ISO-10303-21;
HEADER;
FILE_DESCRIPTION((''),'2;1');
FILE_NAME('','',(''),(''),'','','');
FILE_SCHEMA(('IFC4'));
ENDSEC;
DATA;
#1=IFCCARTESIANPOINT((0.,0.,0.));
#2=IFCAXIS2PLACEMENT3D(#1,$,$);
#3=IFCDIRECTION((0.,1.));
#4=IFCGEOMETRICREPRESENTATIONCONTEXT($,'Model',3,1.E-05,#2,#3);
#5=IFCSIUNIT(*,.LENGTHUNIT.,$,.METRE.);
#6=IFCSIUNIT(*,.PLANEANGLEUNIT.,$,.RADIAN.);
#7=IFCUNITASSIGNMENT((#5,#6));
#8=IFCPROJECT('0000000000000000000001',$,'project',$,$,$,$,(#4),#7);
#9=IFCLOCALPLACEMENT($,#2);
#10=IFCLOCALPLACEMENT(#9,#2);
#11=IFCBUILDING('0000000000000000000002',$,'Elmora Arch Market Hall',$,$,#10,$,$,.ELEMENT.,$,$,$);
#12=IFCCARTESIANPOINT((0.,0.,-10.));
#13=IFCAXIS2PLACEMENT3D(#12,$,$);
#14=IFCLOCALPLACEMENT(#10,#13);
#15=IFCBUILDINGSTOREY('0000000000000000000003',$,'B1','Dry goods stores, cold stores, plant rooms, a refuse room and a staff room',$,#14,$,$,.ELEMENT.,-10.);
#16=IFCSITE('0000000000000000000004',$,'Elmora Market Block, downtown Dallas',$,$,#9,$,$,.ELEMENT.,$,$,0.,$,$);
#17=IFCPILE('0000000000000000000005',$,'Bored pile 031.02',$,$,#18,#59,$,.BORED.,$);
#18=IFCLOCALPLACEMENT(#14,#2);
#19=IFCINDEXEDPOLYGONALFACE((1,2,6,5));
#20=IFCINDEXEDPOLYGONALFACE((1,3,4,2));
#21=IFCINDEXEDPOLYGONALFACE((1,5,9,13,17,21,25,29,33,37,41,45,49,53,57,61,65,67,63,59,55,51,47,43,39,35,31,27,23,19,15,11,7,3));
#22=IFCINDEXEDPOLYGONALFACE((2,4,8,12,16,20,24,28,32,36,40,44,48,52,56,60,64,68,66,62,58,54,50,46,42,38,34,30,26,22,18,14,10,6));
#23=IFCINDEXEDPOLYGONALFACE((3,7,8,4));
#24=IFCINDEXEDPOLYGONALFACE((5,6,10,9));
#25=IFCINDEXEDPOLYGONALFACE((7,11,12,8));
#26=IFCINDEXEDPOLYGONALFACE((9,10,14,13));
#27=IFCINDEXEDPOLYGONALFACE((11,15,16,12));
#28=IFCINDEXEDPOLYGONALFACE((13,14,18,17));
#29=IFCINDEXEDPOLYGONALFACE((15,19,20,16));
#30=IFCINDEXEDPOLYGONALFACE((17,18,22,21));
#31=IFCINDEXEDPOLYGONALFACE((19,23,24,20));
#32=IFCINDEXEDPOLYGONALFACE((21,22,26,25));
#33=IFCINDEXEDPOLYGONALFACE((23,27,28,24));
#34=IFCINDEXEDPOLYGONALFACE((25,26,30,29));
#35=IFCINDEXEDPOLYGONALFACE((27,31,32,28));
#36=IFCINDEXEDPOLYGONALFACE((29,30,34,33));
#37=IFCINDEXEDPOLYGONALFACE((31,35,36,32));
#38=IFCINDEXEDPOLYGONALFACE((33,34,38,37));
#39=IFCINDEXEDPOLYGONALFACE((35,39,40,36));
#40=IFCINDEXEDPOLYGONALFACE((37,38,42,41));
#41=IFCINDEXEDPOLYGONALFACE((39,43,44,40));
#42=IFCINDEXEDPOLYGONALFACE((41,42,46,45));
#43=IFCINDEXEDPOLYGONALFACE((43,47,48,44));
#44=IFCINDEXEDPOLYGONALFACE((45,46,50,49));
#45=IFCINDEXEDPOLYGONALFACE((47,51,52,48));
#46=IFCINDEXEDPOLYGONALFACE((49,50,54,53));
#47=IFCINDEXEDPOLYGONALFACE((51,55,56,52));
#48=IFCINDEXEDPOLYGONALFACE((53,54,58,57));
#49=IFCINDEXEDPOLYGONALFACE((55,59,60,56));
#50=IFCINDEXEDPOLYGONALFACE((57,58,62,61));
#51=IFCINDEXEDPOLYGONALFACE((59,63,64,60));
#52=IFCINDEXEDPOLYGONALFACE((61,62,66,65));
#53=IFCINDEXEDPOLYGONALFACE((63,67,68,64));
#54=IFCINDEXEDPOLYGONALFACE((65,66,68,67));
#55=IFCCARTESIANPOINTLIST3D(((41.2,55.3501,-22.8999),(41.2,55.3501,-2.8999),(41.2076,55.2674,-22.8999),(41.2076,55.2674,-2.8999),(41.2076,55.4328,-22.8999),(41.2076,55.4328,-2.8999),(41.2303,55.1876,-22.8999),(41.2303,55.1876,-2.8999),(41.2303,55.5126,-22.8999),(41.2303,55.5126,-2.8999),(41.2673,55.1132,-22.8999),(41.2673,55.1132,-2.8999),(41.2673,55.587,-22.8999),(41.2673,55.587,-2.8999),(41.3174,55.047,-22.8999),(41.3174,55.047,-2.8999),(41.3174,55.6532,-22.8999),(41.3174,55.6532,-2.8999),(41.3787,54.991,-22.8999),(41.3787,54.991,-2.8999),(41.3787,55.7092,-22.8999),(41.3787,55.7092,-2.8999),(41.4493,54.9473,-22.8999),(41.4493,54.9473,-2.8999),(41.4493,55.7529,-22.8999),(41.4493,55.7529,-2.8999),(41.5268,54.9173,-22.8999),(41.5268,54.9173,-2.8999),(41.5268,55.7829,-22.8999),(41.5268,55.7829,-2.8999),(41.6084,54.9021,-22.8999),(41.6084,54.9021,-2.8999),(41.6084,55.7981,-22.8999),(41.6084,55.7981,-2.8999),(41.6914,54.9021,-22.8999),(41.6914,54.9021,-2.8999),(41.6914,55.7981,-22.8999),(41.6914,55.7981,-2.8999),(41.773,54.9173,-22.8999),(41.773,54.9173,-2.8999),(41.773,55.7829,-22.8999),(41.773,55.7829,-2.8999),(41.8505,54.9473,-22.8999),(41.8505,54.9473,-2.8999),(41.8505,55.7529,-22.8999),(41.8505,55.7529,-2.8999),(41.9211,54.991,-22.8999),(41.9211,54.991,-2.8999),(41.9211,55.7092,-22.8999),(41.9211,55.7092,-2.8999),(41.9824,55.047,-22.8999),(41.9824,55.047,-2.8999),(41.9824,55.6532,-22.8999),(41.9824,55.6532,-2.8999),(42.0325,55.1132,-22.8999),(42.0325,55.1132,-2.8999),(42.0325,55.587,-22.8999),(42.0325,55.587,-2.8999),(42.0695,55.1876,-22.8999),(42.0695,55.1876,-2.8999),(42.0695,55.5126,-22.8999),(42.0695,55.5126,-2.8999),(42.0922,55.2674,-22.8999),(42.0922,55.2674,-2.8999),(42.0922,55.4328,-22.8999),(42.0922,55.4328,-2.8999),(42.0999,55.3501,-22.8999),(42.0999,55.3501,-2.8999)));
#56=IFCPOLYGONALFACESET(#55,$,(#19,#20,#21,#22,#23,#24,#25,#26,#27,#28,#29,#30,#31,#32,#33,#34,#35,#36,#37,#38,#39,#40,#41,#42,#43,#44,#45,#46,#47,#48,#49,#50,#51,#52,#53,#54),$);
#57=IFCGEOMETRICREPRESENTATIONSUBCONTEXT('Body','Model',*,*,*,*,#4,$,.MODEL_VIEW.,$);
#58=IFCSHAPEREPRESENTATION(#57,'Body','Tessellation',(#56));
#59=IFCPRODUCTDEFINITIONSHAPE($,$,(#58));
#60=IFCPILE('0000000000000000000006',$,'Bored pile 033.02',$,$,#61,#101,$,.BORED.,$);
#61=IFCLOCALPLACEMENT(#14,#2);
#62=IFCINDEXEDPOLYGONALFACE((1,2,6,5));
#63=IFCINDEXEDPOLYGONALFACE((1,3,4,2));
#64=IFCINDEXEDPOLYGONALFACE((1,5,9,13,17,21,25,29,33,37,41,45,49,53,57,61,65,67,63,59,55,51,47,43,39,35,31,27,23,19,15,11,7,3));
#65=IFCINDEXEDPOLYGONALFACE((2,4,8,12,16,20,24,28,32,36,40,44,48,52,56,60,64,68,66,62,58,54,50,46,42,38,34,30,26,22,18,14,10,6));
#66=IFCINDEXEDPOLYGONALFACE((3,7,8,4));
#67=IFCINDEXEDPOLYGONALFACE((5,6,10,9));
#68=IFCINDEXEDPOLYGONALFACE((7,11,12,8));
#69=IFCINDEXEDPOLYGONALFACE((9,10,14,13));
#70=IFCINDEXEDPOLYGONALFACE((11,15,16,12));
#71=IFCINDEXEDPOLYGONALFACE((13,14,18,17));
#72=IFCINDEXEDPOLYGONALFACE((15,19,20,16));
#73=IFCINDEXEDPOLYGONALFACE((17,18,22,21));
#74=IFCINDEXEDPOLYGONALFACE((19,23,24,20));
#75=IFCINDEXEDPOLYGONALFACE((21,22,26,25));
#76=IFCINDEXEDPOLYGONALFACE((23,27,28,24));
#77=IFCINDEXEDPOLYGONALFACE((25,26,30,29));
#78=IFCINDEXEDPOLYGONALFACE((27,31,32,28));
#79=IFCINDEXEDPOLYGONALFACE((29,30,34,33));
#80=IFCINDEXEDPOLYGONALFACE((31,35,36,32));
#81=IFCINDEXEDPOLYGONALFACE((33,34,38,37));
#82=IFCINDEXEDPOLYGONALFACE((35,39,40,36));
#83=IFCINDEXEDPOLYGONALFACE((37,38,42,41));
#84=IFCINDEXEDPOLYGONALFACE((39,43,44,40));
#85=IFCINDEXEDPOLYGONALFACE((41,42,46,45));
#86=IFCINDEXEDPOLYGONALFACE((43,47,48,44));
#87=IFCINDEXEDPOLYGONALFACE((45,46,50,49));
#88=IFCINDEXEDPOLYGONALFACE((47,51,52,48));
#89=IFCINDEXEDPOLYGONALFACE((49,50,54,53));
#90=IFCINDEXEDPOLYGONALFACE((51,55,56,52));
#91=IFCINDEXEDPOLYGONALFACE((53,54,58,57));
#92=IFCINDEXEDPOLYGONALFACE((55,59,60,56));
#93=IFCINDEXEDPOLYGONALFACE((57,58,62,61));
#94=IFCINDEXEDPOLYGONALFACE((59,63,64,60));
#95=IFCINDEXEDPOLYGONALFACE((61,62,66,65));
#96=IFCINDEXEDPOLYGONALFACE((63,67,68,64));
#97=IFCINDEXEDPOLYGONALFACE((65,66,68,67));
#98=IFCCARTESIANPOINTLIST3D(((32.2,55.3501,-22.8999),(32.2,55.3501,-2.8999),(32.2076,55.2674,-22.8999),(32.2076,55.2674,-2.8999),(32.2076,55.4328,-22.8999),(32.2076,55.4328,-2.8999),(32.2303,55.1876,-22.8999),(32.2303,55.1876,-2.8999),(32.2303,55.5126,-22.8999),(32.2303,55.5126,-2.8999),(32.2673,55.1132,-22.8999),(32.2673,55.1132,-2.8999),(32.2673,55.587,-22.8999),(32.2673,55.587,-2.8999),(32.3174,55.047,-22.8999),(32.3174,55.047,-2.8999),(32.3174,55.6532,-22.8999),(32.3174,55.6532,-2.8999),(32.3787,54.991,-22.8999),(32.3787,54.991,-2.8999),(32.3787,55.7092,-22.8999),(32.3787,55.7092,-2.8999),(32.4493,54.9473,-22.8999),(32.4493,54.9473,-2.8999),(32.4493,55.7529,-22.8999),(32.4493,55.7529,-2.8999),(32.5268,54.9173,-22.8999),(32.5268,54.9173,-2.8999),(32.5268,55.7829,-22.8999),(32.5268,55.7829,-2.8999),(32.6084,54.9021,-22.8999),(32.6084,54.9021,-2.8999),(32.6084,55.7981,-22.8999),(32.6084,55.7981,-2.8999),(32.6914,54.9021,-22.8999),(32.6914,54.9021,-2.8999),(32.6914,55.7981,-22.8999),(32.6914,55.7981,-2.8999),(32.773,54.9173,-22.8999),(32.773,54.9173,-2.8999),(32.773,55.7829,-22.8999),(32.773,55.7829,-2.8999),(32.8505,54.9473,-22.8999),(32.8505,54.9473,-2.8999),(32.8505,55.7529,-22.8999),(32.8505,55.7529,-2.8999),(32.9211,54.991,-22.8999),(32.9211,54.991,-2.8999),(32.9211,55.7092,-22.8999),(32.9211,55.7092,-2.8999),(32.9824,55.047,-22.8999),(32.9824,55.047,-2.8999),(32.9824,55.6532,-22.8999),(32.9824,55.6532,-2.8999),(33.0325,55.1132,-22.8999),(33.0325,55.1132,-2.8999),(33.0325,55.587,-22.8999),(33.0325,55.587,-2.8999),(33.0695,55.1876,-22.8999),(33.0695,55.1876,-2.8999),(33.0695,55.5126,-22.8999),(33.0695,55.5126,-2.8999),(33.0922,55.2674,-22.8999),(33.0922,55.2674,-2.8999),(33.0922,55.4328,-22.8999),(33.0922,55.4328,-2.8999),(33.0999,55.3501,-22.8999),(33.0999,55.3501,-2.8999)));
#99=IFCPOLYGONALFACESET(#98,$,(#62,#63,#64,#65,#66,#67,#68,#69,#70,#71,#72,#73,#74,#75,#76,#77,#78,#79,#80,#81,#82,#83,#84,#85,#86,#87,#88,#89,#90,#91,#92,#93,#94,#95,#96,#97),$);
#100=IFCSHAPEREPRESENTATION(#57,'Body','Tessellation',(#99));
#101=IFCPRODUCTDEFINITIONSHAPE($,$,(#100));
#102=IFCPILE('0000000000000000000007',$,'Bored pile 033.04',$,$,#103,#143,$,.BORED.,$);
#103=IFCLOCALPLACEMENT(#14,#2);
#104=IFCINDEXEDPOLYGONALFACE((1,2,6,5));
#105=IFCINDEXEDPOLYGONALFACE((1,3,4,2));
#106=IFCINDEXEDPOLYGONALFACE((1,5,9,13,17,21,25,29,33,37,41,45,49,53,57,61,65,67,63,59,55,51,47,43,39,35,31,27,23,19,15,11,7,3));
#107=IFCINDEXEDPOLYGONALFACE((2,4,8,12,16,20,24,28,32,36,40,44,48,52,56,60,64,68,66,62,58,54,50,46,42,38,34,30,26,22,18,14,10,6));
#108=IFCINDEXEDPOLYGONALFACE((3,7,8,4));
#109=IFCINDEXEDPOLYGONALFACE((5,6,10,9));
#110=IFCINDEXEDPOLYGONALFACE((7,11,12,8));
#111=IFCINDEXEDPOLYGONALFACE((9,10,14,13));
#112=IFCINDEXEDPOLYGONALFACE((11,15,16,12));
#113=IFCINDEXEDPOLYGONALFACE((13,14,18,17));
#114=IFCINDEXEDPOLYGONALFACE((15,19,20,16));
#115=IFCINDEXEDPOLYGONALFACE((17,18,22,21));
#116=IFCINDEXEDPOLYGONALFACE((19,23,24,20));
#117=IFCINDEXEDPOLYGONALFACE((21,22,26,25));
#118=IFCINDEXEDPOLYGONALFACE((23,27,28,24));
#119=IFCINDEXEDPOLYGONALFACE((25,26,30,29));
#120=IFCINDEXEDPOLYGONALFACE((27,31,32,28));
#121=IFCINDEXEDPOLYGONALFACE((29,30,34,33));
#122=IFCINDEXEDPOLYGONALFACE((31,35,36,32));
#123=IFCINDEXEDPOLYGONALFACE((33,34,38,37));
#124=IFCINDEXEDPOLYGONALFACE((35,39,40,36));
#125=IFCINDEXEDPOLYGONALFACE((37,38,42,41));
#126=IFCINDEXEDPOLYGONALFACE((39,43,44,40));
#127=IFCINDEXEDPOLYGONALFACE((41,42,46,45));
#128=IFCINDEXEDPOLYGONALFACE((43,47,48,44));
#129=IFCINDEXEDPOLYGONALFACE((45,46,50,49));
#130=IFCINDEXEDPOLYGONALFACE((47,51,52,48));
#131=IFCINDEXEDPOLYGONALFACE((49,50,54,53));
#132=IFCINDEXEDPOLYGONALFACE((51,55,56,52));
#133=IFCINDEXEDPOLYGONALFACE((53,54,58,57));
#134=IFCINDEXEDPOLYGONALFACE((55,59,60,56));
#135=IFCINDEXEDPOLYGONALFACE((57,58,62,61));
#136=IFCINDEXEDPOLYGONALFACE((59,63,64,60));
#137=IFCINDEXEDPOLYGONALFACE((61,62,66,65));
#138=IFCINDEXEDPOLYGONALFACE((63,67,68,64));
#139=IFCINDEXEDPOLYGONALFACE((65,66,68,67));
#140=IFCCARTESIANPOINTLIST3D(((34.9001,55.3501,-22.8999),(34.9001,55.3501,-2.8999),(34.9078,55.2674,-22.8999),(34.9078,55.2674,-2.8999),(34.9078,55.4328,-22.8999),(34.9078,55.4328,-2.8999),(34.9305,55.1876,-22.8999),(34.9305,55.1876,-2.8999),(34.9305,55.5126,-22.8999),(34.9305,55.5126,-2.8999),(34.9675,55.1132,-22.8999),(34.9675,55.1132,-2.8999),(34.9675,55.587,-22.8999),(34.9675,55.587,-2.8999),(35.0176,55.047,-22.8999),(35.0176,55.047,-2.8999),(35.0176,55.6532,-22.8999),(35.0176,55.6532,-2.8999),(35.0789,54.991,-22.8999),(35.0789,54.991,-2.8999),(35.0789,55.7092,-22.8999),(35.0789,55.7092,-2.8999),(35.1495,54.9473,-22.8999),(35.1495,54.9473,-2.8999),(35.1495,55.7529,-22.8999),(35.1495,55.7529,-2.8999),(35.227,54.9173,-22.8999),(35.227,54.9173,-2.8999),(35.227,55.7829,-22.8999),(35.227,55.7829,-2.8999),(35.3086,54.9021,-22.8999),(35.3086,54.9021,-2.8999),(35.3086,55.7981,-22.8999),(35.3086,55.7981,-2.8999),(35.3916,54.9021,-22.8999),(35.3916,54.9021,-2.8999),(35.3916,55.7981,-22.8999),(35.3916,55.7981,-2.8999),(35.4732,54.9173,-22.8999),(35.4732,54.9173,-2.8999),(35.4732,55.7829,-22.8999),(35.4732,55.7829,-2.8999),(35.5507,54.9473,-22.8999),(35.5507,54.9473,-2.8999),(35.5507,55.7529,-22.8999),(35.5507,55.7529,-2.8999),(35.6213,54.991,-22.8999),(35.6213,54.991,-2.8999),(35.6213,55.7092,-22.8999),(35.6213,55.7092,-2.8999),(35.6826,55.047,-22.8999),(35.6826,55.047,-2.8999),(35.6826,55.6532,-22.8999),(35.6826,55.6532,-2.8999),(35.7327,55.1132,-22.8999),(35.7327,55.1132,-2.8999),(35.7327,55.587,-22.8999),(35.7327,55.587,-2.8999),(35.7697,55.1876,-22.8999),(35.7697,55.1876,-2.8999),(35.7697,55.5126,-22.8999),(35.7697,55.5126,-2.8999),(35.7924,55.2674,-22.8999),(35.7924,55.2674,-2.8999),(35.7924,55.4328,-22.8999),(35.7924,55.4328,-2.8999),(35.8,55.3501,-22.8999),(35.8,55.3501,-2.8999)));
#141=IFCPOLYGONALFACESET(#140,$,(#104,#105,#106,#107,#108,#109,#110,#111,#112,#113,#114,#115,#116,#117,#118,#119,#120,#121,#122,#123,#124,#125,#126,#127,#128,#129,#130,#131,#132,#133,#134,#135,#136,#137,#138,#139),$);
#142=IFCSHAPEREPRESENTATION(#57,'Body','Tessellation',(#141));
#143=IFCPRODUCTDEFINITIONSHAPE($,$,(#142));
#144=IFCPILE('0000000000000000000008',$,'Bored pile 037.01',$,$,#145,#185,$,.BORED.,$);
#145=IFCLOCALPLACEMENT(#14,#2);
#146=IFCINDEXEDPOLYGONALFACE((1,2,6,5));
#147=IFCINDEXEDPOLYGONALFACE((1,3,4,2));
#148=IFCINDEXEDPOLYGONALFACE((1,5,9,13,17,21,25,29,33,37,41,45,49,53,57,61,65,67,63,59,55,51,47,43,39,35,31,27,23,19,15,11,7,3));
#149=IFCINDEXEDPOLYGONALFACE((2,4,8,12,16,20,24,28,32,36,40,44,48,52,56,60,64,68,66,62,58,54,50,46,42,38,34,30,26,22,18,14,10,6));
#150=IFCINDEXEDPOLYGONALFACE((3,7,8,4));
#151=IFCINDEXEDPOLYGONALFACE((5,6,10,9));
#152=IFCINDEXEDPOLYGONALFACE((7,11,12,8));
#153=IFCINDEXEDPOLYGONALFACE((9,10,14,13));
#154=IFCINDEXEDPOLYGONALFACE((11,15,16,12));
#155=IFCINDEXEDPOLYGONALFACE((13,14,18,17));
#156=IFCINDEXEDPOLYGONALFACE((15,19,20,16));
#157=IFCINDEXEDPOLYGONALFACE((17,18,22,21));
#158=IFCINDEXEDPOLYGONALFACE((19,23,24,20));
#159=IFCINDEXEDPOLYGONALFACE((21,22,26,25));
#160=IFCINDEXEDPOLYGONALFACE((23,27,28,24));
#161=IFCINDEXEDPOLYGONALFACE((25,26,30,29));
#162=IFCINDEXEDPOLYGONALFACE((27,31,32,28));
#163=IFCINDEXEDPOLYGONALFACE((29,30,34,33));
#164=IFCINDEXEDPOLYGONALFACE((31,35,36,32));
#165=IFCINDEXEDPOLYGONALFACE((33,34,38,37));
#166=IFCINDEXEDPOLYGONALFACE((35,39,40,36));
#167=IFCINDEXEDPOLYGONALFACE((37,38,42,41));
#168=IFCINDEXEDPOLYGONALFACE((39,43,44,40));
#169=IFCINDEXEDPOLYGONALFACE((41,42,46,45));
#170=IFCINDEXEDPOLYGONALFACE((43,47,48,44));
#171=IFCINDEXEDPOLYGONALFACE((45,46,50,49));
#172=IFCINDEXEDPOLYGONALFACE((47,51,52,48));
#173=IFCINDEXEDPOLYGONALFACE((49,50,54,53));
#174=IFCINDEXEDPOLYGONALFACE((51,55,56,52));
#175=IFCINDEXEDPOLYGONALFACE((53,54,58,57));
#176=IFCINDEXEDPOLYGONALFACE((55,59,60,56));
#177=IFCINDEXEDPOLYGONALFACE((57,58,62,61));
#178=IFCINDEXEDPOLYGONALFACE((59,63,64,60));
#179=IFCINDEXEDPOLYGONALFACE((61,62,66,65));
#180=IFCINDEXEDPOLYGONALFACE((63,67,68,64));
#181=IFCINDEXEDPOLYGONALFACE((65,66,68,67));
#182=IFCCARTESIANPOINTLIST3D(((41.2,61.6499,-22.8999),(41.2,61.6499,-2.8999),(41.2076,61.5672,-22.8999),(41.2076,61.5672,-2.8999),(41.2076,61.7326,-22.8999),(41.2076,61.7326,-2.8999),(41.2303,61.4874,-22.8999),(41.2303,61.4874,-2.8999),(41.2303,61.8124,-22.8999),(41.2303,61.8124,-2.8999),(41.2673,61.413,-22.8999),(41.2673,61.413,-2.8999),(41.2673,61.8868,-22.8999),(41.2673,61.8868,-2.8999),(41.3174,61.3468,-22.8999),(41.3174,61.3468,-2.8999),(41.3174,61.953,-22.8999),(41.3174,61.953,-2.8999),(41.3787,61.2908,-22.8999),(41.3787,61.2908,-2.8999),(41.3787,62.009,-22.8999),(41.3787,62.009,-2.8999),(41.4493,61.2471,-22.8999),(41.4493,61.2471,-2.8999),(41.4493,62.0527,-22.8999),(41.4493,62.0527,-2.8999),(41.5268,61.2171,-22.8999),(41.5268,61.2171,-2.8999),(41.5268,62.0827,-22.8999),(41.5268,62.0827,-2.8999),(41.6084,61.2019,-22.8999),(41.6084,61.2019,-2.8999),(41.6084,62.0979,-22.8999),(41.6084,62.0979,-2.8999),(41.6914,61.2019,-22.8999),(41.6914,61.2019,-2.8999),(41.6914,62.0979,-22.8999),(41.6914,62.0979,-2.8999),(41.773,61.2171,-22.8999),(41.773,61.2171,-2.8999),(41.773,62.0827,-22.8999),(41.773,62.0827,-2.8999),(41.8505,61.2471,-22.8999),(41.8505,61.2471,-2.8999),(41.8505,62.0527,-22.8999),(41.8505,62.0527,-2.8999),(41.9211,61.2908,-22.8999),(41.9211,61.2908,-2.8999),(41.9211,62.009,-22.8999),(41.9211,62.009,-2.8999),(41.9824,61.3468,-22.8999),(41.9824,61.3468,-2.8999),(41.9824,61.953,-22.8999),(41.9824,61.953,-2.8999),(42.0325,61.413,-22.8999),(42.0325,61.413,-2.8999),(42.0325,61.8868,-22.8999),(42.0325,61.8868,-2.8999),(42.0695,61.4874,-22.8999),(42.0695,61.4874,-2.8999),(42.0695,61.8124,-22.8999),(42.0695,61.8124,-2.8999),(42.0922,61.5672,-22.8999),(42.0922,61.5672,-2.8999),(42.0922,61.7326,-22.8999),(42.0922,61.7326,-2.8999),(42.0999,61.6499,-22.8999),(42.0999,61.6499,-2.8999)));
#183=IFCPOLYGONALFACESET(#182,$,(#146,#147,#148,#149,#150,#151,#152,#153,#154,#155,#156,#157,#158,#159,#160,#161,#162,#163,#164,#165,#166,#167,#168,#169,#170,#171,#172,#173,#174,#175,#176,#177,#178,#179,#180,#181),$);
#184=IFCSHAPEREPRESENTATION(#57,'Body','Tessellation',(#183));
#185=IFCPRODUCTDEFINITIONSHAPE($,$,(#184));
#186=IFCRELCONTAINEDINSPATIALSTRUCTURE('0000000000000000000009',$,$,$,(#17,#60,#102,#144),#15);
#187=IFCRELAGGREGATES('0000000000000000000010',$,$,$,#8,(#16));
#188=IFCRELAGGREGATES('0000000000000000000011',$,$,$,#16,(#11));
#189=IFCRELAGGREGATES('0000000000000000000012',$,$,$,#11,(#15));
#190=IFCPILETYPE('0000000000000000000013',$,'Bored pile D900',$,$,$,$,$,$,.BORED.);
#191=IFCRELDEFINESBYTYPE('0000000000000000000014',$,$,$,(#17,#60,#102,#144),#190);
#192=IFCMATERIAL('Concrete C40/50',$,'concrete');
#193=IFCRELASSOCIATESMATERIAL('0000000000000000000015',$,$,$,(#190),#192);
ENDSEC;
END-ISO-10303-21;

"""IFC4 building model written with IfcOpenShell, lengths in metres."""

from ifc_helpers import new_model, si_unit, direction, frame, origin, origin_2d, place, context, subcontext, project, spatial, circle, extrude, material, material_profile, profile_set, type_object, element, save


model = new_model("IFC4")

# Units and contexts
model_context = context("Model", 3, precision=1e-05, world=origin(), true_north=direction((0.0, 1.0)))
body_context = subcontext(model_context, "Body", "Model", "MODEL_VIEW")
ifc_project = project(units=[si_unit("LENGTHUNIT", "METRE"), si_unit("PLANEANGLEUNIT", "RADIAN")], contexts=[model_context])

# Site, building, storey
site_placement = place(None, origin())
site = spatial("IfcSite", under=ifc_project, at=site_placement, Name="Elmora Market Block, downtown Dallas", CompositionType="ELEMENT", RefElevation=0.0)
building_placement = place(site_placement, origin())
building = spatial("IfcBuilding", under=site, at=building_placement, Name="Elmora Arch Market Hall", CompositionType="ELEMENT")
storey_placement = place(building_placement, frame((0.0, 0.0, -10.0)))
storey = spatial("IfcBuildingStorey", under=building, at=storey_placement, Name="B1", Description="Dry goods stores, cold stores, plant rooms, a refuse room and a staff room", CompositionType="ELEMENT", Elevation=-10.0)

# Piles
ifc_material_1 = material(Name="Concrete C40/50", Category="concrete")
ifc_material_profile_1 = material_profile(ifc_material_1, circle(Radius=0.45, at=origin_2d()), Name="Bored pile D900")
ifc_profile_set_1 = profile_set([ifc_material_profile_1], Name="Concrete C40/50")
pile_type = type_object("IfcPileType", Name="Bored pile D900", PredefinedType="BORED", material=ifc_profile_set_1)
for number, where, z_axis, x_axis, name in (
    (1, (41.6499, 55.3501, -2.8999), (0.0, 0.0, -1.0), (1.0, 0.0, 0.0), "Bored pile 031.02"),
    (2, (32.6499, 55.3501, -2.8999), (0.0, 0.0, -1.0), (1.0, 0.0, 0.0), "Bored pile 033.02"),
    (3, (35.3501, 55.3501, -2.8999), (0.0, 0.0, -1.0), (1.0, 0.0, 0.0), "Bored pile 033.04"),
    (4, (41.6499, 61.6499, -2.8999), (0.0, 0.0, -1.0), (1.0, 0.0, 0.0), "Bored pile 037.01"),
):
    element("IfcPile", number, at=place(storey_placement, frame(where, z_axis=z_axis, x_axis=x_axis)), inside=storey, type_object=pile_type, Name=name, PredefinedType="BORED", context=body_context, shape_type="SweptSolid", body=[
        extrude(circle(Radius=0.45, at=origin_2d()), origin(), (0.0, 0.0, 1.0), 20.0),
    ])

save(model, "model.ifc")
